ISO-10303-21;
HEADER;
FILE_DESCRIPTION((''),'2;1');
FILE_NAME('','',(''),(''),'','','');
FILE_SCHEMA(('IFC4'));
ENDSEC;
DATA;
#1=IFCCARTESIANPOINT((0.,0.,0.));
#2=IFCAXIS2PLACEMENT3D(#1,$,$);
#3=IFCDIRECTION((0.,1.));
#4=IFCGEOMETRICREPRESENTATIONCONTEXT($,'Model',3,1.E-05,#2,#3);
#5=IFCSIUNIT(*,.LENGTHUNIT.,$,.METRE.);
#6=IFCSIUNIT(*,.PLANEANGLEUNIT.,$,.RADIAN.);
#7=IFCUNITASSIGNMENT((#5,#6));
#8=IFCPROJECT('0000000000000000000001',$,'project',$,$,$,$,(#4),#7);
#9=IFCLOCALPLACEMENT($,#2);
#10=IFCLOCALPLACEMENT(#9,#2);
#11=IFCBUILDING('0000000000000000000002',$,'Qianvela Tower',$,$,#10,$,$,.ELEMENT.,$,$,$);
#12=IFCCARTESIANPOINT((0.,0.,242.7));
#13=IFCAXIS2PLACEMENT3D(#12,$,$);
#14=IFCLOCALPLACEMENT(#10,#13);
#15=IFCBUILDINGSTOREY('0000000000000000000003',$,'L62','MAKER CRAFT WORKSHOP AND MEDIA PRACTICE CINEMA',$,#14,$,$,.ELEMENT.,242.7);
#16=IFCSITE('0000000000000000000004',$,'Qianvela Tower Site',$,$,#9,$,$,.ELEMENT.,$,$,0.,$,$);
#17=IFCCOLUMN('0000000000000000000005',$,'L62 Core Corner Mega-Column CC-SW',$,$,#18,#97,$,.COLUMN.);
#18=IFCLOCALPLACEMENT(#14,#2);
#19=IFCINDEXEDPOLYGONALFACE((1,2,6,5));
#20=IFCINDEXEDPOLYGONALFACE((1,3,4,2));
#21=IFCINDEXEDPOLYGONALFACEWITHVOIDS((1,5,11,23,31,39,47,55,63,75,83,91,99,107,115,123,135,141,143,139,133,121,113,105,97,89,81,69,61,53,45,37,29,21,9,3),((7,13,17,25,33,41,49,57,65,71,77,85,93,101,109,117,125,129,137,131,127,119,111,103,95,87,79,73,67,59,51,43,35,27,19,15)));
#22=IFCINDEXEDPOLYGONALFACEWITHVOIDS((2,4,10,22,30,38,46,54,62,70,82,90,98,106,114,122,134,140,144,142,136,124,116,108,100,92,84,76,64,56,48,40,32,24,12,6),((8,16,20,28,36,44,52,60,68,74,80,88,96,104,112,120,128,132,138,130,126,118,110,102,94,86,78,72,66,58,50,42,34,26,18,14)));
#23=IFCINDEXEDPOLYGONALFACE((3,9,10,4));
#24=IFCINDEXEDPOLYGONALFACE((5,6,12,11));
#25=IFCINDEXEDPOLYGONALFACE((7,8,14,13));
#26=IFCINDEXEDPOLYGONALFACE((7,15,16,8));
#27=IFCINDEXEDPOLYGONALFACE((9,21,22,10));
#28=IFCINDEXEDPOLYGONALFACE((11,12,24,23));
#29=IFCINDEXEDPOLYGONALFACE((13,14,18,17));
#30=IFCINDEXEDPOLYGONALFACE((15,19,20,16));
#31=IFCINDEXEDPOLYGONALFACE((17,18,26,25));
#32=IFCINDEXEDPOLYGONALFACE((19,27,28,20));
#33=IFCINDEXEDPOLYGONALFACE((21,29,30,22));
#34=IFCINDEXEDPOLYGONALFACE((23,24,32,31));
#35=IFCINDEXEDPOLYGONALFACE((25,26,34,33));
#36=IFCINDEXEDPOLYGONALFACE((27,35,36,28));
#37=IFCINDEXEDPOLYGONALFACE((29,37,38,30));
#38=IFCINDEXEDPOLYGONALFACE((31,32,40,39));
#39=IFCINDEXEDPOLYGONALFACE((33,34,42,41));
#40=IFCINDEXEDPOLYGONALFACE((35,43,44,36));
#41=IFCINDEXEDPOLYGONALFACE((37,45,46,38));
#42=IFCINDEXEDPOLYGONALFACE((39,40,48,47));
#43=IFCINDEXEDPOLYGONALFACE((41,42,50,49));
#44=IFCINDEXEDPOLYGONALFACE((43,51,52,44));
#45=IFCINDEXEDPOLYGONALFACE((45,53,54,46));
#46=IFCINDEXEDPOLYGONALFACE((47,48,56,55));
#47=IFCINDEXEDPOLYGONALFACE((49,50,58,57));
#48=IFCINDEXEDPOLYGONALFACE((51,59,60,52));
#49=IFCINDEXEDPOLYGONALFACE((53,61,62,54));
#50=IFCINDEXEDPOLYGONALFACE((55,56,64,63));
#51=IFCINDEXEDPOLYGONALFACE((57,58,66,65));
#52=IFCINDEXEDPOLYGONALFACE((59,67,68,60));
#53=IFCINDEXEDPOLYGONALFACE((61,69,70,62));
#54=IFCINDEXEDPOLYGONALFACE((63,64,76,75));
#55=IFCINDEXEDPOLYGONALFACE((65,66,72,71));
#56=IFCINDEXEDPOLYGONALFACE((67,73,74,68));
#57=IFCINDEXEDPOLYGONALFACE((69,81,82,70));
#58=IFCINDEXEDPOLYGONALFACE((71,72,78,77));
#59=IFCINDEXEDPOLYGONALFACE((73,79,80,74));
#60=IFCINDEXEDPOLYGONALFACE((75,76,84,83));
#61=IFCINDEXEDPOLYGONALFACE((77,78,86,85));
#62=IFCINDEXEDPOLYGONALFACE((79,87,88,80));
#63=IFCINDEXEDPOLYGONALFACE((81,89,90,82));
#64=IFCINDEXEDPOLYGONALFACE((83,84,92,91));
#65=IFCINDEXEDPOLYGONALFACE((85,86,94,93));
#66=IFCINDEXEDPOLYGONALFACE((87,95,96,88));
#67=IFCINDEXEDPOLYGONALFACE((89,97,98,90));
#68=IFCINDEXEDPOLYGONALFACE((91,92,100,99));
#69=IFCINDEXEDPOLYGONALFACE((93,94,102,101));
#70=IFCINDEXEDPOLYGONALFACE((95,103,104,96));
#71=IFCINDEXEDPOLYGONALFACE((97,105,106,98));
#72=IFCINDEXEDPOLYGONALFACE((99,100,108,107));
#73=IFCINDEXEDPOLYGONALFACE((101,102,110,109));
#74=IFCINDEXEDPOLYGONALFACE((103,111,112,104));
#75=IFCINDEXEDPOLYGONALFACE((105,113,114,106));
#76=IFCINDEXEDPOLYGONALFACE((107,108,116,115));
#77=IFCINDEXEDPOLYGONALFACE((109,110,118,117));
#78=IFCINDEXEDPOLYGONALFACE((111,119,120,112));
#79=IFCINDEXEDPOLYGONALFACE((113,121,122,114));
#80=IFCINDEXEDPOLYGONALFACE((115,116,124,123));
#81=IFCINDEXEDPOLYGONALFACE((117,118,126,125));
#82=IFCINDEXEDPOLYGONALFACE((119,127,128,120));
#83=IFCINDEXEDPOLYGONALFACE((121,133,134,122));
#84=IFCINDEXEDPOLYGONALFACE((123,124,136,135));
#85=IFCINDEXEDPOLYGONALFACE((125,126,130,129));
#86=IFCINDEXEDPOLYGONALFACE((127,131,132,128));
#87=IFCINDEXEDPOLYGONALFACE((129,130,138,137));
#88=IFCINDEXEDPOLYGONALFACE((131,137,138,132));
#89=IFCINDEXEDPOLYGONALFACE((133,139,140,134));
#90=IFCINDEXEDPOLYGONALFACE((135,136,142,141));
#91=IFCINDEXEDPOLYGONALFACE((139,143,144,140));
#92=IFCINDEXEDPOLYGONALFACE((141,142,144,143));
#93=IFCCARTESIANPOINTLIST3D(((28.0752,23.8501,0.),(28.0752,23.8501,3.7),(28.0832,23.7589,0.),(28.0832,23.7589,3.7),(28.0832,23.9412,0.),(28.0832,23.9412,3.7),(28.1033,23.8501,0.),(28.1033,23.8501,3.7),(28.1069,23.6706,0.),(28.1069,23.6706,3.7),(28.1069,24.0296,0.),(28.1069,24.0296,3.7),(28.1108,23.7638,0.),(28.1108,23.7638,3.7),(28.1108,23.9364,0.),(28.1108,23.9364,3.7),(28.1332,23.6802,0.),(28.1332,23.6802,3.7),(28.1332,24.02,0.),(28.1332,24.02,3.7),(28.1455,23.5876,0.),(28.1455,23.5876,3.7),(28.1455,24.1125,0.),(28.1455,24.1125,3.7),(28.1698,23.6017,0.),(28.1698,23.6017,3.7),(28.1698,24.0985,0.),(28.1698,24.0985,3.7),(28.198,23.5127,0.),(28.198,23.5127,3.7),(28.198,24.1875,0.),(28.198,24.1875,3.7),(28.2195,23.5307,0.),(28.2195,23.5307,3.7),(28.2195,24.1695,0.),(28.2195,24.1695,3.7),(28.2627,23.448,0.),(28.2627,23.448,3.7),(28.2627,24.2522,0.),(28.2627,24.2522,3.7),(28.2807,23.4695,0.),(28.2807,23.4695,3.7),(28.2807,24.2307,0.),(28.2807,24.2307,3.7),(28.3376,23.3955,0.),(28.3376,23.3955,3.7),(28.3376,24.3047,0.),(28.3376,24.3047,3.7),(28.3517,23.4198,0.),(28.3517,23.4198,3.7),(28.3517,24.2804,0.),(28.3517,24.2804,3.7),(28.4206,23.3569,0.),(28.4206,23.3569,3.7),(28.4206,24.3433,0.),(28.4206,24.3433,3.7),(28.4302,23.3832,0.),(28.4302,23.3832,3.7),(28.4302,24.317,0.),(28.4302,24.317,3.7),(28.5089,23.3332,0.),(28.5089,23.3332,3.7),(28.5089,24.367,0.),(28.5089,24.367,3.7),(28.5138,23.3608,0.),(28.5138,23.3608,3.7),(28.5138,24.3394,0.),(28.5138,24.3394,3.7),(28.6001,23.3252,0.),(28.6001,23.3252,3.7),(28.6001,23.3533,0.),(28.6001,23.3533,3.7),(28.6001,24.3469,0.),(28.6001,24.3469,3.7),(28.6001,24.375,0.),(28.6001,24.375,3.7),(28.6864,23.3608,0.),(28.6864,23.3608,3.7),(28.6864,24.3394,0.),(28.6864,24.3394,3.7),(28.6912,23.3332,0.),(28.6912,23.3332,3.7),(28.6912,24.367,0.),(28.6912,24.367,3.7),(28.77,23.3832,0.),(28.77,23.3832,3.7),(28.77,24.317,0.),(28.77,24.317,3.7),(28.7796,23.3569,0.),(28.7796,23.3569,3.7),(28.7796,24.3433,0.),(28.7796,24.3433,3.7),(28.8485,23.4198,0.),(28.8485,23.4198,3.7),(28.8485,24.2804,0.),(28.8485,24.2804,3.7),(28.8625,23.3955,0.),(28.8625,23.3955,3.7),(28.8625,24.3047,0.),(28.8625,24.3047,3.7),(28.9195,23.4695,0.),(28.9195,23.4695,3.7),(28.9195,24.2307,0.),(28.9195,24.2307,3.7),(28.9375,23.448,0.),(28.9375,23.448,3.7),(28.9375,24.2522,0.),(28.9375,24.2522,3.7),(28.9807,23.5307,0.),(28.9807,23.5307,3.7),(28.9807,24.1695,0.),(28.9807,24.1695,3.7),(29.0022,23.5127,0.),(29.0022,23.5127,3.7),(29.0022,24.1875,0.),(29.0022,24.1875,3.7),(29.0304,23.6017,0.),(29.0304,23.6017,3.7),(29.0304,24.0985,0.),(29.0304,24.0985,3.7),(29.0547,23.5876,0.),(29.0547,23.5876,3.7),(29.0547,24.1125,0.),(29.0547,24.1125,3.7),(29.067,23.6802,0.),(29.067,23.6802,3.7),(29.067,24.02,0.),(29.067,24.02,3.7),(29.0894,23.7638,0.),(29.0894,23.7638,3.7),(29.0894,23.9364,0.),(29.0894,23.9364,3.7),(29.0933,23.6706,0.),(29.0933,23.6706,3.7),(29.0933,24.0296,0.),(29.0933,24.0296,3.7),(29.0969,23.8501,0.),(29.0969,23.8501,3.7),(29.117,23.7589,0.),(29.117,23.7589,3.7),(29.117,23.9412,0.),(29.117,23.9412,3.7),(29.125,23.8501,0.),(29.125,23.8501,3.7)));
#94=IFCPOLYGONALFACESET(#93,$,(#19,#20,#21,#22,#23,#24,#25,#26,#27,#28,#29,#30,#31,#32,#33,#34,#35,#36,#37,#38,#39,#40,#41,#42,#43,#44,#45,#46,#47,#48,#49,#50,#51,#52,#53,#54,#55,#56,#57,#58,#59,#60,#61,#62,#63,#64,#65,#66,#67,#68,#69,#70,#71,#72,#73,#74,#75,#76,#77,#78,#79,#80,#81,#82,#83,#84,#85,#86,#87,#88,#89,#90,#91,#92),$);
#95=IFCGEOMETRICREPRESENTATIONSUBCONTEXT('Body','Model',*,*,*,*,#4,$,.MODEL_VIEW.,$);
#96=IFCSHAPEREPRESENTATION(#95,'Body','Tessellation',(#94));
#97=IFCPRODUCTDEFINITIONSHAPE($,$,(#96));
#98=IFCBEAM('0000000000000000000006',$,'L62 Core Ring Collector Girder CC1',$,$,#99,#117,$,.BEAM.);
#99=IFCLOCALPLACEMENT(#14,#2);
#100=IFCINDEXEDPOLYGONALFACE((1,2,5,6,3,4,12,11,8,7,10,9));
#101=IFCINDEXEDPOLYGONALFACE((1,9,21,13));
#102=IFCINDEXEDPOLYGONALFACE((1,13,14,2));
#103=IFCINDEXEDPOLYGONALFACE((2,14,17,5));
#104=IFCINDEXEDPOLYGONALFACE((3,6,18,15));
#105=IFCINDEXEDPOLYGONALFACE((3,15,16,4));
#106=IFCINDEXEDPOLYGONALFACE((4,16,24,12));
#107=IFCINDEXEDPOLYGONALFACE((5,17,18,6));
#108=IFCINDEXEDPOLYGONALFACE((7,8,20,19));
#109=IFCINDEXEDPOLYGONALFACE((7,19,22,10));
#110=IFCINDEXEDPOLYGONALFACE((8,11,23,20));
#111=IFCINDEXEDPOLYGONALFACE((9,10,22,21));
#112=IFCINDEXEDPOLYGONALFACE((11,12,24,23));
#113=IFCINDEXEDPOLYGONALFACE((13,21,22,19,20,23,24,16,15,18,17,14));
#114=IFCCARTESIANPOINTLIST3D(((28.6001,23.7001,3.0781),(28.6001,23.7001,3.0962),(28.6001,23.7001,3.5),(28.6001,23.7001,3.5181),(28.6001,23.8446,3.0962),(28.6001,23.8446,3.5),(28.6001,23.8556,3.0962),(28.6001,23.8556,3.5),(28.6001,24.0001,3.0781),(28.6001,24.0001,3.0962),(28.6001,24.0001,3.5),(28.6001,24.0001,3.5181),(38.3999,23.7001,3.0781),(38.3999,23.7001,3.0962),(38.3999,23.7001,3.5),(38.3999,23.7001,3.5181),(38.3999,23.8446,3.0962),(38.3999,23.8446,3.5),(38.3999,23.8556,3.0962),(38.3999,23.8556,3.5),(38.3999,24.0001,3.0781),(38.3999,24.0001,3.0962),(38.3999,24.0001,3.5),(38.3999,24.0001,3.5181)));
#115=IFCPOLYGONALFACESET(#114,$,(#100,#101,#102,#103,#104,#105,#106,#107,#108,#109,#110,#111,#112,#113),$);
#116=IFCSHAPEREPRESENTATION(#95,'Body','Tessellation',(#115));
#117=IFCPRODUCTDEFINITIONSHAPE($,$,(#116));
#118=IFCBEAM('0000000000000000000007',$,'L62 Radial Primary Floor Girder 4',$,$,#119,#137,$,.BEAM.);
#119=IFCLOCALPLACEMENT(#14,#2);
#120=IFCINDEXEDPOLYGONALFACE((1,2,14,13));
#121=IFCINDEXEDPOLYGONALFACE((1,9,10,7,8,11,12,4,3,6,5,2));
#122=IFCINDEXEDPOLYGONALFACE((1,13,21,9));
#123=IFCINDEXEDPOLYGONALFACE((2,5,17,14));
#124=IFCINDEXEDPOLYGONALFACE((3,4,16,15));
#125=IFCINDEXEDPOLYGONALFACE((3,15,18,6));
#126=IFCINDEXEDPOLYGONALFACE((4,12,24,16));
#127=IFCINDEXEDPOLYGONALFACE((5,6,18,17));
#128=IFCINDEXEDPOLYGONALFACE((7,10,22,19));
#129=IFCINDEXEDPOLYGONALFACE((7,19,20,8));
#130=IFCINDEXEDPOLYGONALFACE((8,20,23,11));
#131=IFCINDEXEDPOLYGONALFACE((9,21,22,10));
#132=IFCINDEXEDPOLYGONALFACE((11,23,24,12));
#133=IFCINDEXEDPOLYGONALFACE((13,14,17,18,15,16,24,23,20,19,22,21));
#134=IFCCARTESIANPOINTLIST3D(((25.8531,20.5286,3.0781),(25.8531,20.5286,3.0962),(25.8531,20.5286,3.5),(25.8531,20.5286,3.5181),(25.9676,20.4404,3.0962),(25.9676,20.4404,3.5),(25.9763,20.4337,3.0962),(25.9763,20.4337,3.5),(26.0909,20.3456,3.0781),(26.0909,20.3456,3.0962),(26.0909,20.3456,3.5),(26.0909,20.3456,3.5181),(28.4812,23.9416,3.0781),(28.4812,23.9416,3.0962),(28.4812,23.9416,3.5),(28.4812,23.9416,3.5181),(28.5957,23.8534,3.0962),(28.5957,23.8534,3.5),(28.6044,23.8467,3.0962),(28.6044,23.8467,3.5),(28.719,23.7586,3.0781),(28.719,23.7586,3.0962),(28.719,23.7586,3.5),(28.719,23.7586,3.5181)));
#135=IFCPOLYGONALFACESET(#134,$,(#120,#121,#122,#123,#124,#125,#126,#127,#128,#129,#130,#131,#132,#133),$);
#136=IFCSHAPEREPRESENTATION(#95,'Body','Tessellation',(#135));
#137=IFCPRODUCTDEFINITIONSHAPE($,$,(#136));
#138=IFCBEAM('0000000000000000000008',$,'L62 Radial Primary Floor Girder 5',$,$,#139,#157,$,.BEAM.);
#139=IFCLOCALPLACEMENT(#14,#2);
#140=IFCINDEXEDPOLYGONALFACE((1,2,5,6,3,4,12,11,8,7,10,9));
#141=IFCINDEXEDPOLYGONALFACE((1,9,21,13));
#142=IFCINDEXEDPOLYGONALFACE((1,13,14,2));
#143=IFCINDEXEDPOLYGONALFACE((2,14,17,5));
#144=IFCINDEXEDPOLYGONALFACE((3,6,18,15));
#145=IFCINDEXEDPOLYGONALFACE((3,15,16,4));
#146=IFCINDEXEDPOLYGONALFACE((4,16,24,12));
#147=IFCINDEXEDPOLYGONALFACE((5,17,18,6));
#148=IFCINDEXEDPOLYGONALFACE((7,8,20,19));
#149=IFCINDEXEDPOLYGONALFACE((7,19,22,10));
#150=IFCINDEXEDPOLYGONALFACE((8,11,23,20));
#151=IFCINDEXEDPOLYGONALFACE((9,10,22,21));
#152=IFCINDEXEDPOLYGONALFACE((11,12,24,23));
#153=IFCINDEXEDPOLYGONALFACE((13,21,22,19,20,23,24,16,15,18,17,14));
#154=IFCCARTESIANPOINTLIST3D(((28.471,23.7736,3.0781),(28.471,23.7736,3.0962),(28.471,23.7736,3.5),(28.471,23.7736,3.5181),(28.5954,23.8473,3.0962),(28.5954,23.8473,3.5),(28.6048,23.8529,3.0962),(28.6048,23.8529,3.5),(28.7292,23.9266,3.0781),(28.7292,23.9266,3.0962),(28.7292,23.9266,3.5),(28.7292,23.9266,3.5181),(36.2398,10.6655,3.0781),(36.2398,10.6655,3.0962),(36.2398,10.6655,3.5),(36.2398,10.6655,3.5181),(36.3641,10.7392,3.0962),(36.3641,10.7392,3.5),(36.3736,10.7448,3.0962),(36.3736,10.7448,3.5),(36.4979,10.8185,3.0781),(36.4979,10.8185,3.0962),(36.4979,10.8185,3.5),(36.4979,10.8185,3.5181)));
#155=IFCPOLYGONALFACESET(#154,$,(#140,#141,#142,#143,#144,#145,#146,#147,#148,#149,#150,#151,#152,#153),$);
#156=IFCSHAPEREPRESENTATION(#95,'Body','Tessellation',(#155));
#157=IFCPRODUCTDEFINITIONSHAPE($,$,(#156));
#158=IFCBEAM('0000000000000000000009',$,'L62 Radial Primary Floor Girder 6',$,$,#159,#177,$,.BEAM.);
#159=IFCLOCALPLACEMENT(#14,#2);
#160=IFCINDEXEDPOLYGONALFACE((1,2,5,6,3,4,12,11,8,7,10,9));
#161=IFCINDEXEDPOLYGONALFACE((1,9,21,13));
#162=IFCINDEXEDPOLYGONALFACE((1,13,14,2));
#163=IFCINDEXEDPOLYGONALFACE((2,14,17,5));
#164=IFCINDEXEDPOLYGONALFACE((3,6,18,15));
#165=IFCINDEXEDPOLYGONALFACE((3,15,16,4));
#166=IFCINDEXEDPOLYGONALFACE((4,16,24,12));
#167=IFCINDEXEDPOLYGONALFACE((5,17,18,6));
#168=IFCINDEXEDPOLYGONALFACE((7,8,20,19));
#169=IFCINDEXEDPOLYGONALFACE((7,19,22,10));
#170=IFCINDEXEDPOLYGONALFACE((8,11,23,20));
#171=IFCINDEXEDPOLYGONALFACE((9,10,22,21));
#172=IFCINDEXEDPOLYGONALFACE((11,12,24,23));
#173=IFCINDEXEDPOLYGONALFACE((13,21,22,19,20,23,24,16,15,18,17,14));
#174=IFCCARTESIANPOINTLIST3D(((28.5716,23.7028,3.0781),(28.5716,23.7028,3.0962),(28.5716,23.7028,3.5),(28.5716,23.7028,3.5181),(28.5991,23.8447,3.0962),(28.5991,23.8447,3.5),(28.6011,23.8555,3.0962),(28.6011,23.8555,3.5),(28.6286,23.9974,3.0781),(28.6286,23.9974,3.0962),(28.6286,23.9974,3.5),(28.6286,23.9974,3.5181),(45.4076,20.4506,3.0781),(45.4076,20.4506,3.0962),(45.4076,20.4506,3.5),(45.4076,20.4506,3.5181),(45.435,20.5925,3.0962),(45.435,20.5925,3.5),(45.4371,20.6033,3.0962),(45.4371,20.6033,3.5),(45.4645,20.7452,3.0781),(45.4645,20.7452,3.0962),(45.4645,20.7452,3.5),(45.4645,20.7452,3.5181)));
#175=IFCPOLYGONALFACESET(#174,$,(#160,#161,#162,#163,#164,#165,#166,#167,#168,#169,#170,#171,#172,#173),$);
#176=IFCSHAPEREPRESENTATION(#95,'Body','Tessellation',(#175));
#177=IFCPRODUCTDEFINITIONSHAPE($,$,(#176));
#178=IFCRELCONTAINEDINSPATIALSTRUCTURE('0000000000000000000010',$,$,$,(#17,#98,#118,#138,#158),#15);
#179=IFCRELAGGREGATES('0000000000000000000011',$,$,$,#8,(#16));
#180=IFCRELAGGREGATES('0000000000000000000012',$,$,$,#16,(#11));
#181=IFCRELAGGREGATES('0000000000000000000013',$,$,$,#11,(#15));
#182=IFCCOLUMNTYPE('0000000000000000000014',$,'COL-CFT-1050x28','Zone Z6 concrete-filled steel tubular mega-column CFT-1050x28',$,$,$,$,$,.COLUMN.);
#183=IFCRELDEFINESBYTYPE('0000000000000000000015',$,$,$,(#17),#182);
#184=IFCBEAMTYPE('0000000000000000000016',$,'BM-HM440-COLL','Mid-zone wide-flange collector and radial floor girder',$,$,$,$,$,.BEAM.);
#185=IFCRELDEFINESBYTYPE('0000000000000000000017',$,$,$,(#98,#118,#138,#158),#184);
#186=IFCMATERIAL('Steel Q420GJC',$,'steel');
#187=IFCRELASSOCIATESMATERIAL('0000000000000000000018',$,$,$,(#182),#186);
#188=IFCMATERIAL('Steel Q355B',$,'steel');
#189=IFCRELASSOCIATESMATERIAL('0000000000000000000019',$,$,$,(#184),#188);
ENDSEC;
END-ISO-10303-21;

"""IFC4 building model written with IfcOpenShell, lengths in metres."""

from ifc_helpers import new_model, si_unit, direction, frame, origin, origin_2d, place, context, subcontext, project, spatial, hollow_circle, i_section, extrude, material, material_profile, profile_set, type_object, element, save


model = new_model("IFC4")

# Units and contexts
model_context = context("Model", 3, precision=1e-05, world=origin(), true_north=direction((0.0, 1.0)))
body_context = subcontext(model_context, "Body", "Model", "MODEL_VIEW")
ifc_project = project(units=[si_unit("LENGTHUNIT", "METRE"), si_unit("PLANEANGLEUNIT", "RADIAN")], contexts=[model_context])

# Site, building, storey
site_placement = place(None, origin())
site = spatial("IfcSite", under=ifc_project, at=site_placement, Name="Qianvela Tower Site", CompositionType="ELEMENT", RefElevation=0.0)
building_placement = place(site_placement, origin())
building = spatial("IfcBuilding", under=site, at=building_placement, Name="Qianvela Tower", CompositionType="ELEMENT")
storey_placement = place(building_placement, frame((0.0, 0.0, 242.7)))
storey = spatial("IfcBuildingStorey", under=building, at=storey_placement, Name="L62", Description="MAKER CRAFT WORKSHOP AND MEDIA PRACTICE CINEMA", CompositionType="ELEMENT", Elevation=242.7)

# Column
ifc_material_1 = material(Name="Steel Q420GJC", Category="steel")
ifc_material_profile_1 = material_profile(ifc_material_1, hollow_circle(Radius=0.5249, WallThickness=0.0281, at=origin_2d()), Name="CFT-1050x28")
ifc_profile_set_1 = profile_set([ifc_material_profile_1], Name="Steel Q420GJC")
column_type = type_object("IfcColumnType", Name="COL-CFT-1050x28", Description="Zone Z6 concrete-filled steel tubular mega-column CFT-1050x28", PredefinedType="COLUMN", material=ifc_profile_set_1)
column_placement = place(storey_placement, frame((28.6001, 23.8501, 0.0), z_axis=(0.0, 0.0, 1.0), x_axis=(1.0, 0.0, 0.0)))
element("IfcColumn", 1, at=column_placement, inside=storey, type_object=column_type, Name="L62 Core Corner Mega-Column CC-SW", PredefinedType="COLUMN", context=body_context, shape_type="SweptSolid", body=[
    extrude(hollow_circle(Radius=0.5249, WallThickness=0.0281, at=origin_2d()), origin(), (0.0, 0.0, 1.0), 3.7),
])

# Beams
ifc_material_2 = material(Name="Steel Q355B", Category="steel")
ifc_material_profile_2 = material_profile(ifc_material_2, i_section(OverallWidth=0.3, OverallDepth=0.4399, WebThickness=0.011, FlangeThickness=0.0181, at=origin_2d()), Name="HM440x300x11x18")
ifc_profile_set_2 = profile_set([ifc_material_profile_2], Name="Steel Q355B")
beam_type_1 = type_object("IfcBeamType", Name="BM-HM440-COLL", Description="Mid-zone wide-flange collector and radial floor girder", PredefinedType="BEAM", material=ifc_profile_set_2)
beam_1_placement = place(storey_placement, frame((28.6001, 23.8501, 3.2981), z_axis=(1.0, 0.0, 0.0), x_axis=(0.0, 1.0, 0.0)))
element("IfcBeam", 2, at=beam_1_placement, inside=storey, type_object=beam_type_1, Name="L62 Core Ring Collector Girder CC1", PredefinedType="BEAM", context=body_context, shape_type="SweptSolid", body=[
    extrude(i_section(OverallWidth=0.3, OverallDepth=0.4399, WebThickness=0.011, FlangeThickness=0.0181, at=origin_2d()), origin(), (0.0, 0.0, 1.0), 9.7998),
])
beam_2_placement = place(storey_placement, frame((28.6001, 23.8501, 3.2981), z_axis=(-0.610108, -0.792318, 0.0), x_axis=(0.792318, -0.610108, 0.0)))
element("IfcBeam", 3, at=beam_2_placement, inside=storey, type_object=beam_type_1, Name="L62 Radial Primary Floor Girder 4", PredefinedType="BEAM", context=body_context, shape_type="SweptSolid", body=[
    extrude(i_section(OverallWidth=0.3, OverallDepth=0.4399, WebThickness=0.011, FlangeThickness=0.0181, at=origin_2d()), origin(), (0.0, 0.0, 1.0), 4.3076),
])
beam_3_placement = place(storey_placement, frame((28.6001, 23.8501, 3.2981), z_axis=(0.509851, -0.860263, 0.0), x_axis=(0.860263, 0.509851, 0.0)))
element("IfcBeam", 4, at=beam_3_placement, inside=storey, type_object=beam_type_1, Name="L62 Radial Primary Floor Girder 5", PredefinedType="BEAM", context=body_context, shape_type="SweptSolid", body=[
    extrude(i_section(OverallWidth=0.3, OverallDepth=0.4399, WebThickness=0.011, FlangeThickness=0.0181, at=origin_2d()), origin(), (0.0, 0.0, 1.0), 15.2373),
])
beam_4_placement = place(storey_placement, frame((28.6001, 23.8501, 3.2981), z_axis=(0.981849, -0.189664, 0.0), x_axis=(0.189664, 0.981849, 0.0)))
element("IfcBeam", 5, at=beam_4_placement, inside=storey, type_object=beam_type_1, Name="L62 Radial Primary Floor Girder 6", PredefinedType="BEAM", context=body_context, shape_type="SweptSolid", body=[
    extrude(i_section(OverallWidth=0.3, OverallDepth=0.4399, WebThickness=0.011, FlangeThickness=0.0181, at=origin_2d()), origin(), (0.0, 0.0, 1.0), 17.1472),
])

save(model, "model.ifc")
